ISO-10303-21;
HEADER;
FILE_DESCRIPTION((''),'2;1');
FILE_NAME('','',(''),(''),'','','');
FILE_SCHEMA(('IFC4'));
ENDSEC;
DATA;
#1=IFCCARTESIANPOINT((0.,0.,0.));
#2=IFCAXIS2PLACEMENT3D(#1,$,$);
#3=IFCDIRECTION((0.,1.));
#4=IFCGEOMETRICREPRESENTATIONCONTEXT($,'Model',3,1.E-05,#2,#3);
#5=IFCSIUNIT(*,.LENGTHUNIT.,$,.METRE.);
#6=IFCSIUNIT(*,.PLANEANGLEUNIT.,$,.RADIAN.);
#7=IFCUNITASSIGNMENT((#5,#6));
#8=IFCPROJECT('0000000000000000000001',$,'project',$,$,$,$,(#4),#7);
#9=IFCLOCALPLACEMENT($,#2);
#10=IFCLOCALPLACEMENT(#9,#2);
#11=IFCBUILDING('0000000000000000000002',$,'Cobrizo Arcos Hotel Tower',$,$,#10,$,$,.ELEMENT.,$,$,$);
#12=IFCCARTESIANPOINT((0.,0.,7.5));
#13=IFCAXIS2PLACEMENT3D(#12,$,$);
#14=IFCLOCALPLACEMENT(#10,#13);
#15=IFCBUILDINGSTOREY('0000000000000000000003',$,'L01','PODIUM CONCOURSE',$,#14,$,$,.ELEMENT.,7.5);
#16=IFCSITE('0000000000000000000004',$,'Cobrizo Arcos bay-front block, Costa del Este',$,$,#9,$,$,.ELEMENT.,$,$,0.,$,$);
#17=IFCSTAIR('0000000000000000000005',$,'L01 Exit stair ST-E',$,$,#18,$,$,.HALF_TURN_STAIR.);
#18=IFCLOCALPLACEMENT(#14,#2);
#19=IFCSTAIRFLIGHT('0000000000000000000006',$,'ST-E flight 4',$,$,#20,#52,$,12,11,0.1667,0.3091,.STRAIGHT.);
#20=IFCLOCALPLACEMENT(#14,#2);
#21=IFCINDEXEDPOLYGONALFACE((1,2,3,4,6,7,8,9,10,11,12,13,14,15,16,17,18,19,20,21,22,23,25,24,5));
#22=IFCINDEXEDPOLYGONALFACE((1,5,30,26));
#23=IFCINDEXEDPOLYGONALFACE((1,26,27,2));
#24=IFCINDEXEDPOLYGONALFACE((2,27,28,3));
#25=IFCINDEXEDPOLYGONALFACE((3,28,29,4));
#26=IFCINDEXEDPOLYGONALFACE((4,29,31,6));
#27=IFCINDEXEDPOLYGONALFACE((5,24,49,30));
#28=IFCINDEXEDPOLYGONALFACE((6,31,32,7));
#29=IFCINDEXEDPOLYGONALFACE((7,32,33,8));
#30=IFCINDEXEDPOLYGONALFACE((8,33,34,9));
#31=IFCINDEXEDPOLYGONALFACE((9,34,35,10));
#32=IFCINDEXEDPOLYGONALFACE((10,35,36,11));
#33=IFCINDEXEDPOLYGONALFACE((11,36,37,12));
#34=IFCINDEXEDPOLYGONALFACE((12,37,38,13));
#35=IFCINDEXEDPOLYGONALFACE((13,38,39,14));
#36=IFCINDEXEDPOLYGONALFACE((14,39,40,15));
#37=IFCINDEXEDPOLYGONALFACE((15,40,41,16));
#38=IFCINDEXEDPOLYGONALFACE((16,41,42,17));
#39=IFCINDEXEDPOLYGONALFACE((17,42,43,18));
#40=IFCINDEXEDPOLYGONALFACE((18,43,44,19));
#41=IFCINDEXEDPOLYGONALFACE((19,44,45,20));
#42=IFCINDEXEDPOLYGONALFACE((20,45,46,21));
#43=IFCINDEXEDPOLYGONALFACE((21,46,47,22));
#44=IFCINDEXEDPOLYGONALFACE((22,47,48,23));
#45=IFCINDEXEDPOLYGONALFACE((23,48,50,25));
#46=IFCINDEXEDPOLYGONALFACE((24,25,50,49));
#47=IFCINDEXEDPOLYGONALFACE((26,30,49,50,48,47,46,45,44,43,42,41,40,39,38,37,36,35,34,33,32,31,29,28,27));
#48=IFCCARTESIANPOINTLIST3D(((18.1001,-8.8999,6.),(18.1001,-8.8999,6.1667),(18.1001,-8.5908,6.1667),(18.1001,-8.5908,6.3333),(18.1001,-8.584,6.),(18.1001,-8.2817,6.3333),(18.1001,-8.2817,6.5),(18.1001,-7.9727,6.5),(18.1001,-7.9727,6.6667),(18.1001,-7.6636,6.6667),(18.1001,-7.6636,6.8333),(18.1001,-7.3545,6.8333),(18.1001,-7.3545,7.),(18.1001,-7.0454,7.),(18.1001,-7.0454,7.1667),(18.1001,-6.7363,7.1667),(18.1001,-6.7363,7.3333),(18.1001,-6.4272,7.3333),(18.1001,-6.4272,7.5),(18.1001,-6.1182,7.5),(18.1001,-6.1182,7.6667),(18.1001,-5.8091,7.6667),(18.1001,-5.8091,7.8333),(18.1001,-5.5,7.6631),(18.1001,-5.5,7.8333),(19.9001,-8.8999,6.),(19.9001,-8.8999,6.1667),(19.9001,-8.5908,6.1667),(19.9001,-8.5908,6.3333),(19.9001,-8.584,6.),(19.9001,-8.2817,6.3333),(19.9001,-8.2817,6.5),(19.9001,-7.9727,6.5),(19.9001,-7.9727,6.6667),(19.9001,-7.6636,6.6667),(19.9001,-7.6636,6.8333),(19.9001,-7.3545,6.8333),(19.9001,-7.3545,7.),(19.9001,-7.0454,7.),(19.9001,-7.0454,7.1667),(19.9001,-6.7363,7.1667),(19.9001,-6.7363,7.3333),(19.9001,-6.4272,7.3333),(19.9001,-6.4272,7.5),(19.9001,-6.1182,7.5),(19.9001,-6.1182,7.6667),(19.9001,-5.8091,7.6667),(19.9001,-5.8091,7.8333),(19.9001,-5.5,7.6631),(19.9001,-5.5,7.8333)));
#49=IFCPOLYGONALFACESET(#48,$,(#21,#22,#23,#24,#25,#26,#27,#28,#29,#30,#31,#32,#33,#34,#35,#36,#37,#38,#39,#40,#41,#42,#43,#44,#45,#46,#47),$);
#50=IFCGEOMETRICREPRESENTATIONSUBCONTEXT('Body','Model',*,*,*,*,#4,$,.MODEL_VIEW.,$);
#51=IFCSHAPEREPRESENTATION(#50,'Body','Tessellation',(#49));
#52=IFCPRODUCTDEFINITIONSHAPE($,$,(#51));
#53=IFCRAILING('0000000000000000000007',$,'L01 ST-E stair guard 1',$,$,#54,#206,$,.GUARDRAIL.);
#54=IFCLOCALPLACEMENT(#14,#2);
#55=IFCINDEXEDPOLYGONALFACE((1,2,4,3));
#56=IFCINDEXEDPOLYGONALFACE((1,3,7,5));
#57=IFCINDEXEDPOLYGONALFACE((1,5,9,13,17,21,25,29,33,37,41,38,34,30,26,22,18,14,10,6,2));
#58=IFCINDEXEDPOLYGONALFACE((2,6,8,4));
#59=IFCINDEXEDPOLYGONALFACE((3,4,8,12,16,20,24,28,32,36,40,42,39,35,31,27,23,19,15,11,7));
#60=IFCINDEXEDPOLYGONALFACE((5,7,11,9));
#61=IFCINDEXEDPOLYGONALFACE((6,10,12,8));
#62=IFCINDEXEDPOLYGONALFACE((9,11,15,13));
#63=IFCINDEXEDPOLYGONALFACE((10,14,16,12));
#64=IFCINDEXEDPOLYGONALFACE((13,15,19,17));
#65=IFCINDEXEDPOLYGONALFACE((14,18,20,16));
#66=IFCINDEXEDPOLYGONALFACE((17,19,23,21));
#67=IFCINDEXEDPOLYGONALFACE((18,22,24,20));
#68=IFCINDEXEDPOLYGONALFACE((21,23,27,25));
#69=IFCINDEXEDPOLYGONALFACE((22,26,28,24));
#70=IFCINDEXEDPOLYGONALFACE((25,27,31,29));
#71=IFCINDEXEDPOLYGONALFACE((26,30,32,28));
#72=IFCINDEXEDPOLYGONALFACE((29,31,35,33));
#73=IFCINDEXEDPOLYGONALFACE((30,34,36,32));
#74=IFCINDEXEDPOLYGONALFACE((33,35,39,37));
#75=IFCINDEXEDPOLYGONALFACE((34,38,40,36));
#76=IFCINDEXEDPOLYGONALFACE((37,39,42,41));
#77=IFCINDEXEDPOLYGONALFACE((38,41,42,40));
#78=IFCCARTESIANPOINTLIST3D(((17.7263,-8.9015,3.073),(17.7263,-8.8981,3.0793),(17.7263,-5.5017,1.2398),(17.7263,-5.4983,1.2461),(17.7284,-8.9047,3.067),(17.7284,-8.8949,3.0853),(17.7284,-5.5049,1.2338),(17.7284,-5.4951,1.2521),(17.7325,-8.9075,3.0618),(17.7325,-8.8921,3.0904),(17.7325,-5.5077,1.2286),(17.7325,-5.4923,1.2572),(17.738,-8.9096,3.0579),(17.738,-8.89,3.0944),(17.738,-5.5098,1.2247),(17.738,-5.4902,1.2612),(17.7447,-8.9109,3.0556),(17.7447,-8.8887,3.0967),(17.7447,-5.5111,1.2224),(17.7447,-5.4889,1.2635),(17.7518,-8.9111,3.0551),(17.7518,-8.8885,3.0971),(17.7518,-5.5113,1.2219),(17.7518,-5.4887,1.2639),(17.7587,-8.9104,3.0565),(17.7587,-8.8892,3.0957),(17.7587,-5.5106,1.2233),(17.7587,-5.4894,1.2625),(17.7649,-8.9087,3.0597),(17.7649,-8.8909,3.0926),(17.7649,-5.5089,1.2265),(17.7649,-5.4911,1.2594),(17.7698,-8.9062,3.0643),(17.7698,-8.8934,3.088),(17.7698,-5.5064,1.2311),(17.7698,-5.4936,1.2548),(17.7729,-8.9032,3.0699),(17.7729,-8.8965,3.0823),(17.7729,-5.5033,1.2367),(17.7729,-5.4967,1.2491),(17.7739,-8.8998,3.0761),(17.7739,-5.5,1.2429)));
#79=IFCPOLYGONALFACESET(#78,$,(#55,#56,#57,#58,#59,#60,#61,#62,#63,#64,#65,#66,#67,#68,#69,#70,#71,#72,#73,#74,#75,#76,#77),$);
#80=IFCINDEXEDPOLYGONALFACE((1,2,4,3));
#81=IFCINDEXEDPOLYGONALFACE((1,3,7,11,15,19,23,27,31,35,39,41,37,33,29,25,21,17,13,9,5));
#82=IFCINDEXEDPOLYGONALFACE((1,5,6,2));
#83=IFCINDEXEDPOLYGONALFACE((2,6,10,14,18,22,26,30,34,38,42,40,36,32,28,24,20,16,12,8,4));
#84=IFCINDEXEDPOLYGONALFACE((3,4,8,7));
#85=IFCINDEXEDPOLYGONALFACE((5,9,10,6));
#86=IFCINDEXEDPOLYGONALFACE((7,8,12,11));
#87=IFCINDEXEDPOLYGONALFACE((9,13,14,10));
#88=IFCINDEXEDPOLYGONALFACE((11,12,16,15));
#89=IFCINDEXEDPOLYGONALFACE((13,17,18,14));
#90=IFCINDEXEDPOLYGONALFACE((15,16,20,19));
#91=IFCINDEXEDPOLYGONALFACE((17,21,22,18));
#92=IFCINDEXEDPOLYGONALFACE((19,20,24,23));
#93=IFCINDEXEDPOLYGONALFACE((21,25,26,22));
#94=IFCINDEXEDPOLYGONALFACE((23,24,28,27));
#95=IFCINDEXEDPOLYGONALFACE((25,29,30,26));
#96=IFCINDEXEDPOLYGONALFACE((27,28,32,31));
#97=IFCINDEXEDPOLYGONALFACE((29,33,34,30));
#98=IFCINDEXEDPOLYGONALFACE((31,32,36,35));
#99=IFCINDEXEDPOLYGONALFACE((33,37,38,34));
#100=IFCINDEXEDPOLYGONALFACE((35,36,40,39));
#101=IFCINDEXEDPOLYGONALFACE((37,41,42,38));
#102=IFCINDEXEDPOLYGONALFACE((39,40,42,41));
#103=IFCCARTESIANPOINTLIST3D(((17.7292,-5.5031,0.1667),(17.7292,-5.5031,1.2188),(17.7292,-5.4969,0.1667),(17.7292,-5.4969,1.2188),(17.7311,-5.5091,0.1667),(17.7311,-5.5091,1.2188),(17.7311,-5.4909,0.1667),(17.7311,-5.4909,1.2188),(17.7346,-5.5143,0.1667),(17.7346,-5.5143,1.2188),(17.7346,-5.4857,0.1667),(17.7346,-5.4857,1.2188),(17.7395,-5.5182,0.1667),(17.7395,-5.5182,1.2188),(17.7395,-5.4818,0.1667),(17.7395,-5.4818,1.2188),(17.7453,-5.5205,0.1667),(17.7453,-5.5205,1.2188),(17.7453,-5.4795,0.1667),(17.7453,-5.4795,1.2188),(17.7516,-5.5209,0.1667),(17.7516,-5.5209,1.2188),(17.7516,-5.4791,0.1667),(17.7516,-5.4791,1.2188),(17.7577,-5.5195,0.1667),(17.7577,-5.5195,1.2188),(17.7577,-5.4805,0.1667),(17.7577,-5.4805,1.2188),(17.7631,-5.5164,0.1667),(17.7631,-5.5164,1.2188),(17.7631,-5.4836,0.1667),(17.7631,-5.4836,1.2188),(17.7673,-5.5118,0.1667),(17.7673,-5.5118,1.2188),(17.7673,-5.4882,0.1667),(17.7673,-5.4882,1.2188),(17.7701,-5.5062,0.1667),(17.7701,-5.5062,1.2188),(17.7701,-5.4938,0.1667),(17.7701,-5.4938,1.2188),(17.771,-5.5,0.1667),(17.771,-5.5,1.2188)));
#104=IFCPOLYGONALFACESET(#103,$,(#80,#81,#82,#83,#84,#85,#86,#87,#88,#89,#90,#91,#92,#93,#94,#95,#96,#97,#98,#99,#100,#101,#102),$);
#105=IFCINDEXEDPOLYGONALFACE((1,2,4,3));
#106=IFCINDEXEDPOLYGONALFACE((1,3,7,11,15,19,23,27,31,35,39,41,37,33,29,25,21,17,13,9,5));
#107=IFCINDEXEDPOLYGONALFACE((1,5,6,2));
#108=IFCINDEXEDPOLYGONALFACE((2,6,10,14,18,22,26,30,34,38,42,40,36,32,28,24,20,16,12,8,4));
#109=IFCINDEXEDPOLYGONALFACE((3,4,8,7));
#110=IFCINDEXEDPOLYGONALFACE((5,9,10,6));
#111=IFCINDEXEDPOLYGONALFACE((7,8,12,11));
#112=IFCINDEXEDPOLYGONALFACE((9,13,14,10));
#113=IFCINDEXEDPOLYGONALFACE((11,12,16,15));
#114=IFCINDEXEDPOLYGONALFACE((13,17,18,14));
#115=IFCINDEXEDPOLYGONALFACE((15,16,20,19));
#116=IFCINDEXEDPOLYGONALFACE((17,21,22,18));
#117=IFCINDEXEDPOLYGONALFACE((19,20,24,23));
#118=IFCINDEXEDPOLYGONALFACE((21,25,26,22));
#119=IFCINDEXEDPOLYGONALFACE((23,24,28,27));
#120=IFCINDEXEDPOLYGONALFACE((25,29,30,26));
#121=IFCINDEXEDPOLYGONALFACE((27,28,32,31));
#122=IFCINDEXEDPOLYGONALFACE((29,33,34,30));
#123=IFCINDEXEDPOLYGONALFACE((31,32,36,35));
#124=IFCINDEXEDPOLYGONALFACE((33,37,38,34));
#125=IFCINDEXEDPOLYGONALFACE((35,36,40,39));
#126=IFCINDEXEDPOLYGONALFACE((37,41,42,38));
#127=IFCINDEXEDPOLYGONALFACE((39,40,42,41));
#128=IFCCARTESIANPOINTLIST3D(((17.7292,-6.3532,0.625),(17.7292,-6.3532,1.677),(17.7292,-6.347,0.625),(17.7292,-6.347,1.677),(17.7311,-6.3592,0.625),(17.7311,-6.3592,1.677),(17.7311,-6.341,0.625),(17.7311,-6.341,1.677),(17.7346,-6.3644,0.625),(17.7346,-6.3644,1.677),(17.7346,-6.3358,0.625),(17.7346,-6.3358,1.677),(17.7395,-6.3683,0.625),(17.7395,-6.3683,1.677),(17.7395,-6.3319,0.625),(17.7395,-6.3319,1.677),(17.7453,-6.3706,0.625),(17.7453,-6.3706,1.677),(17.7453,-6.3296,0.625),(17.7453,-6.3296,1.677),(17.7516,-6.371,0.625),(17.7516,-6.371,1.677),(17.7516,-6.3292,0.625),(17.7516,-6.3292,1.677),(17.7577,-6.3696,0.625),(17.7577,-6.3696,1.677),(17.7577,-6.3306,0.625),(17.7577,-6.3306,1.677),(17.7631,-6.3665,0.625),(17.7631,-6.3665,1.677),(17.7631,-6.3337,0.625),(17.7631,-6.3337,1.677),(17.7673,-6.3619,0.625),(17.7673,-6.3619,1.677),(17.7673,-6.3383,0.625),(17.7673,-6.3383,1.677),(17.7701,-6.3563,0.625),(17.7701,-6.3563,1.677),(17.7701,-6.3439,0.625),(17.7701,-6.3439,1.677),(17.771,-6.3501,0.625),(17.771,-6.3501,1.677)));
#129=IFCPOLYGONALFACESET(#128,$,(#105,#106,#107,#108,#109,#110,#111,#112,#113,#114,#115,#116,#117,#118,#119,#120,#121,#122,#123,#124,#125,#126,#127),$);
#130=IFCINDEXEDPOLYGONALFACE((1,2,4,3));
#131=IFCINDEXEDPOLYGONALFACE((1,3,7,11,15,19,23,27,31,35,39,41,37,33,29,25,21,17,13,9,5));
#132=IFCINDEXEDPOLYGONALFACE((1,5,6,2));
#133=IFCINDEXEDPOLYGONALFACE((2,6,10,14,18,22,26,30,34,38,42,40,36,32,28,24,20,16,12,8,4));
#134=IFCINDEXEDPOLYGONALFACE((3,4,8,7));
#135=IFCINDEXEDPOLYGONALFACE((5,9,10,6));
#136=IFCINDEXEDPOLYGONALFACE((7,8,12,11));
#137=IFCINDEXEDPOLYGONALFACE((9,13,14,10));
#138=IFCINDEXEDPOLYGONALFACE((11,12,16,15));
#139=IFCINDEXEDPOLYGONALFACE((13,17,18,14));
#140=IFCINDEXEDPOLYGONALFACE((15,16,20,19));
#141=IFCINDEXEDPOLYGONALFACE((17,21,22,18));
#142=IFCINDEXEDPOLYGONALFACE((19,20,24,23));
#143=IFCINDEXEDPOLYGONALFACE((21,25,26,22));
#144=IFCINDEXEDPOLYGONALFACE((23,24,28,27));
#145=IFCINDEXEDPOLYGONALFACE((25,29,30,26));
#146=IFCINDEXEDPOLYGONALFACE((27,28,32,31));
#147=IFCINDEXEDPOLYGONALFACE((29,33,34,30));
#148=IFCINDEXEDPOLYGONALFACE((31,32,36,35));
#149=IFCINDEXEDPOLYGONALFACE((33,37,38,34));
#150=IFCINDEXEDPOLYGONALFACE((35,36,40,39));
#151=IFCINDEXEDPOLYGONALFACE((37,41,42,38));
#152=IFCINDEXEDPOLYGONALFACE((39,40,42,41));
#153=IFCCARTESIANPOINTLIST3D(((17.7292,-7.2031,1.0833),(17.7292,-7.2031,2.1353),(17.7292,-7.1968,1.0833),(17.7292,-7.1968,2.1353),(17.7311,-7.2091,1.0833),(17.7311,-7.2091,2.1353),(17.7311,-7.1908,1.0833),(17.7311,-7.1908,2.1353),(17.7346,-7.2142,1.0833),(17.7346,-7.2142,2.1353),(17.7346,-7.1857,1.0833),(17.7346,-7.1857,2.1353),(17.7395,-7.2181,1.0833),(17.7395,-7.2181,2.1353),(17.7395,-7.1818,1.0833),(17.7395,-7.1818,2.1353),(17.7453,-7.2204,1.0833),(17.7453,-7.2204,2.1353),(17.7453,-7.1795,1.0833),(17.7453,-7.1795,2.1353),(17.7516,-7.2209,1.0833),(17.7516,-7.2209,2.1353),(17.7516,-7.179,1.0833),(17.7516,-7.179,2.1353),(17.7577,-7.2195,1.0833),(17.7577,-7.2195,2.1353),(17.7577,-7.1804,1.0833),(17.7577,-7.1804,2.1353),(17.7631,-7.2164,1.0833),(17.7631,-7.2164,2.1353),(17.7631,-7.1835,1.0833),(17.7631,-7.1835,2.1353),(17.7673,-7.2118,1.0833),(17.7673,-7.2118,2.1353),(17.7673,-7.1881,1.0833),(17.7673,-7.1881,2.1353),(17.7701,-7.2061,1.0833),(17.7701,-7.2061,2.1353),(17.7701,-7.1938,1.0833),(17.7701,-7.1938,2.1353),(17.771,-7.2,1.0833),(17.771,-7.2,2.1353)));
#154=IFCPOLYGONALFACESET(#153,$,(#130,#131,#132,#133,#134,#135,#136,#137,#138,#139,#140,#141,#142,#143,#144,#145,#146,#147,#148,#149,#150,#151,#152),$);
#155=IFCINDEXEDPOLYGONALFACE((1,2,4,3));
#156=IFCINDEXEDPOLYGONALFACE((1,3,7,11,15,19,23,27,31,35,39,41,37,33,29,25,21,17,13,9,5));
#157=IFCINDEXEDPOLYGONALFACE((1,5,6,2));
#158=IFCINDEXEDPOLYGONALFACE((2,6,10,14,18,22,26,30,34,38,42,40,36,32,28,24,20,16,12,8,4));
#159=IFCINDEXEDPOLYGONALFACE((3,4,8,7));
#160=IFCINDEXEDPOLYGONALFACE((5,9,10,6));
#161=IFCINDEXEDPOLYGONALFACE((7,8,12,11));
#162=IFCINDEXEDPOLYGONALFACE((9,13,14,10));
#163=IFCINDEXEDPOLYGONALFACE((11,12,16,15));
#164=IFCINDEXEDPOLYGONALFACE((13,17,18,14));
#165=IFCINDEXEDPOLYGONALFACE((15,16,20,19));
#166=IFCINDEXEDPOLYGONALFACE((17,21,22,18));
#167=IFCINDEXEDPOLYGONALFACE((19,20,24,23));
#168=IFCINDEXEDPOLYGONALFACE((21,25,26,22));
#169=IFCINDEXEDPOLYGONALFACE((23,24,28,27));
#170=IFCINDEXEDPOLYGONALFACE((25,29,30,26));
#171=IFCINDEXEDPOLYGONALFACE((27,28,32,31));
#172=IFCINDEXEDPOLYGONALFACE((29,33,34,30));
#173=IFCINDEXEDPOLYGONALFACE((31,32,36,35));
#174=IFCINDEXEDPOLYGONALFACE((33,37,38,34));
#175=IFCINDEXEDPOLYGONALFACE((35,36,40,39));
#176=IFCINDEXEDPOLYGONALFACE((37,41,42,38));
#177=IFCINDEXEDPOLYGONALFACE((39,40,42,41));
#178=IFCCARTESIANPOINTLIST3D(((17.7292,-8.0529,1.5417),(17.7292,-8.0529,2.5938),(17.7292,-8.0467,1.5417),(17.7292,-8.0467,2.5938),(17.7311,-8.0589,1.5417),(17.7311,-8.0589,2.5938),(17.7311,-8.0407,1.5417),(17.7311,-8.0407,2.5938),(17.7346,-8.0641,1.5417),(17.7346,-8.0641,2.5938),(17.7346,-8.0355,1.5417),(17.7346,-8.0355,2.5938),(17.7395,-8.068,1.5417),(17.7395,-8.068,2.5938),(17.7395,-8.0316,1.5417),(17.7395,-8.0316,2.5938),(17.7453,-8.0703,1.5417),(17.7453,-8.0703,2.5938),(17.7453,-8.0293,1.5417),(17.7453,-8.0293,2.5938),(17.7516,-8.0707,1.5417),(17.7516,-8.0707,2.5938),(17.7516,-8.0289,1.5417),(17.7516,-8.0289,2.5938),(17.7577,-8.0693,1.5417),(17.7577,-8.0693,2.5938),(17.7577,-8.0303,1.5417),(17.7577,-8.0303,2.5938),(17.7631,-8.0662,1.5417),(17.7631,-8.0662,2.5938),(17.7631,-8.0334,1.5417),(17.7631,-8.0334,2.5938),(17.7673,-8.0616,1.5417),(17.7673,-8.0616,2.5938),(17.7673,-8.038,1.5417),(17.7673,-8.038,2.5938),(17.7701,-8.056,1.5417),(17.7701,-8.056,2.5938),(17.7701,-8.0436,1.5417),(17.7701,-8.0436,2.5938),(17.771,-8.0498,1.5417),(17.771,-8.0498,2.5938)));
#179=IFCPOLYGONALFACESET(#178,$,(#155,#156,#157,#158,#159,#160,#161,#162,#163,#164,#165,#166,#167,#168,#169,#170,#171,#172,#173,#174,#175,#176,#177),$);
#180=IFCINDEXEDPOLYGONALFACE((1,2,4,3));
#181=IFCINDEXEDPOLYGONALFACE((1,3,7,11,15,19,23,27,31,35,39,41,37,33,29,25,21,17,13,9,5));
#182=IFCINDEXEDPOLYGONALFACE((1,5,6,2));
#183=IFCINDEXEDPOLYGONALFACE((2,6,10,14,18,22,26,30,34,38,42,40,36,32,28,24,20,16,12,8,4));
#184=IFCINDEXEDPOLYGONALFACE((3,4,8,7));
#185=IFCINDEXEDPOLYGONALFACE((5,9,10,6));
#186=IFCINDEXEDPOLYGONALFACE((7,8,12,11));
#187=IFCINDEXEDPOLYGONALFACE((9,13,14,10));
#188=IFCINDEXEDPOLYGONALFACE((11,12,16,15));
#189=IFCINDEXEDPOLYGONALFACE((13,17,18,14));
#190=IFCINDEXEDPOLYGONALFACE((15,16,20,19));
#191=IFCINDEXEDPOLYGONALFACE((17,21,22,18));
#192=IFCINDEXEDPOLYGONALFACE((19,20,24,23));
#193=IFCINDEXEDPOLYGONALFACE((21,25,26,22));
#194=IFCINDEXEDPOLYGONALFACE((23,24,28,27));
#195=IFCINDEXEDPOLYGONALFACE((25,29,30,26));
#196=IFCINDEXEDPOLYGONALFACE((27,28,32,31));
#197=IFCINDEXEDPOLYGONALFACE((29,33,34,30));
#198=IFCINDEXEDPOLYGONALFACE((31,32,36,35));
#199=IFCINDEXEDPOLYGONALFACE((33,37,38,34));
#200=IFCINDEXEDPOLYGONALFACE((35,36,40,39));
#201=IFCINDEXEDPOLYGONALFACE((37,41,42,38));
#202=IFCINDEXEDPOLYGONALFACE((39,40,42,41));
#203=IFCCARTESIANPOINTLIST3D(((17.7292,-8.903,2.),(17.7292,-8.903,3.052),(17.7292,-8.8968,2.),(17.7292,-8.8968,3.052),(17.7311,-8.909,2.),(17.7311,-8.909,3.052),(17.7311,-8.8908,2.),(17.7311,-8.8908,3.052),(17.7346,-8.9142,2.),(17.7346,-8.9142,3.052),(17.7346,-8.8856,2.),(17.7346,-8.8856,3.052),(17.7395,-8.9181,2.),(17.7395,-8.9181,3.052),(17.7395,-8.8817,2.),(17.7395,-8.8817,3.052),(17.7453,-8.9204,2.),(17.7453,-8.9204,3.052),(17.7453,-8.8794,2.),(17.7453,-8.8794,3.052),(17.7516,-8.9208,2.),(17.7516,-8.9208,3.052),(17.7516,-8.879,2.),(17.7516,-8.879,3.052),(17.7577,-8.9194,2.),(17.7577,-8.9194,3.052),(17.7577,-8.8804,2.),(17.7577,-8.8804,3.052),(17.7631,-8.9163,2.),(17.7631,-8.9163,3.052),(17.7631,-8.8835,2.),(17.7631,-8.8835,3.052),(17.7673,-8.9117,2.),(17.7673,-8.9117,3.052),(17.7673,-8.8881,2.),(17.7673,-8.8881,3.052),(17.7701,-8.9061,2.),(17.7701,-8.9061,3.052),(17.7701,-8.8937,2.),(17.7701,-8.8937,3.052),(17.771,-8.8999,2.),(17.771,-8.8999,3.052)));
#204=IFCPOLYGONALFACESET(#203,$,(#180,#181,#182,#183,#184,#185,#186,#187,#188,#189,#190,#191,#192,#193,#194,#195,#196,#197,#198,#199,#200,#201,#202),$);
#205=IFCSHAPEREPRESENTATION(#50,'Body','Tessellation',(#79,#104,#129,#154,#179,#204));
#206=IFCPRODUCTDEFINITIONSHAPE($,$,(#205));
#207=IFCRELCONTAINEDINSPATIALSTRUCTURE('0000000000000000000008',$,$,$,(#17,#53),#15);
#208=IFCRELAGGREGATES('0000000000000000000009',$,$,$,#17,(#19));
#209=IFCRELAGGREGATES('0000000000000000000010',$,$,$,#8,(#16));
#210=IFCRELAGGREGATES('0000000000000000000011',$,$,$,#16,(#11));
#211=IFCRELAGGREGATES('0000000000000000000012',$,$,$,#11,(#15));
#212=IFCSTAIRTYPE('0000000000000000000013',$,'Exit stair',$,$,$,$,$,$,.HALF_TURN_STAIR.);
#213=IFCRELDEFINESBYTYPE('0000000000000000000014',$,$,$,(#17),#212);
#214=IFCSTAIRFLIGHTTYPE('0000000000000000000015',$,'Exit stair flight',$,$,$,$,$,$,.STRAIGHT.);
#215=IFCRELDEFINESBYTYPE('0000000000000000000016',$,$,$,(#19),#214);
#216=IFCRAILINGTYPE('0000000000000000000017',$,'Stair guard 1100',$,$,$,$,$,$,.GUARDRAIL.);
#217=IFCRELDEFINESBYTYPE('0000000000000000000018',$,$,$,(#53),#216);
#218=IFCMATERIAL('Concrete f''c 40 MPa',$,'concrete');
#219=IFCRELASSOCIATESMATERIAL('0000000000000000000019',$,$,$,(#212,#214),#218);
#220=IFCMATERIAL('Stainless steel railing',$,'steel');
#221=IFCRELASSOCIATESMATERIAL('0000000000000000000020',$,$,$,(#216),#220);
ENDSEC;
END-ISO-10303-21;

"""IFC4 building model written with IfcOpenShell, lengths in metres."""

from ifc_helpers import new_model, si_unit, direction, frame, origin, origin_2d, place, context, subcontext, project, spatial, polyline, circle, outline, extrude, material, type_object, element, aggregate, save


model = new_model("IFC4")

# Units and contexts
model_context = context("Model", 3, precision=1e-05, world=origin(), true_north=direction((0.0, 1.0)))
body_context = subcontext(model_context, "Body", "Model", "MODEL_VIEW")
ifc_project = project(units=[si_unit("LENGTHUNIT", "METRE"), si_unit("PLANEANGLEUNIT", "RADIAN")], contexts=[model_context])

# Site, building, storey
site_placement = place(None, origin())
site = spatial("IfcSite", under=ifc_project, at=site_placement, Name="Cobrizo Arcos bay-front block, Costa del Este", CompositionType="ELEMENT", RefElevation=0.0)
building_placement = place(site_placement, origin())
building = spatial("IfcBuilding", under=site, at=building_placement, Name="Cobrizo Arcos Hotel Tower", CompositionType="ELEMENT")
storey_placement = place(building_placement, frame((0.0, 0.0, 7.5)))
storey = spatial("IfcBuildingStorey", under=building, at=storey_placement, Name="L01", Description="PODIUM CONCOURSE", CompositionType="ELEMENT", Elevation=7.5)

# Stair, stair flight
ifc_material_1 = material(Name="Concrete f'c 40 MPa", Category="concrete")
stair_type = type_object("IfcStairType", Name="Exit stair", PredefinedType="HALF_TURN_STAIR", material=ifc_material_1)
stair_placement = place(storey_placement, origin())
stair = element("IfcStair", 1, at=stair_placement, inside=storey, type_object=stair_type, Name="L01 Exit stair ST-E", PredefinedType="HALF_TURN_STAIR")
stair_flight_type = type_object("IfcStairFlightType", Name="Exit stair flight", PredefinedType="STRAIGHT", material=ifc_material_1)
stair_flight_1_placement = place(storey_placement, frame((19.0, -8.8999, 6.0), z_axis=(0.0, 0.0, 1.0), x_axis=(0.0, 1.0, 0.0)))
stair_flight_1 = element("IfcStairFlight", 2, at=stair_flight_1_placement, type_object=stair_flight_type, Name="ST-E flight 4", NumberOfRisers=12, NumberOfTreads=11, PredefinedType="STRAIGHT", RiserHeight=0.1667, TreadLength=0.3091, context=body_context, shape_type="SweptSolid", body=[
    extrude(outline(polyline([(0.0, 0.0), (0.0, 0.1667), (0.3091, 0.1667), (0.3091, 0.3333), (0.6182, 0.3333), (0.6182, 0.5), (0.9272, 0.5), (0.9272, 0.6667), (1.2363, 0.6667), (1.2363, 0.8333), (1.5454, 0.8333), (1.5454, 1.0), (1.8545, 1.0), (1.8545, 1.1667), (2.1636, 1.1667), (2.1636, 1.3333), (2.4727, 1.3333), (2.4727, 1.5), (2.7817, 1.5), (2.7817, 1.6667), (3.0908, 1.6667), (3.0908, 1.8333), (3.3999, 1.8333), (3.3999, 2.0), (3.3999, 1.6631), (0.3159, 0.0), (0.0, 0.0)])), frame((0.0, 0.8999, 0.0), z_axis=(0.0, -1.0, 0.0), x_axis=(1.0, 0.0, 0.0)), (0.0, 0.0, 1.0), 1.8),
])
aggregate(stair, [stair_flight_1])

# Railing
ifc_material_2 = material(Name="Stainless steel railing", Category="steel")
railing_type_1 = type_object("IfcRailingType", Name="Stair guard 1100", PredefinedType="GUARDRAIL", material=ifc_material_2)
railing_1_placement = place(storey_placement, frame((17.75, -5.5, 0.1667)))
element("IfcRailing", 3, at=railing_1_placement, inside=storey, type_object=railing_type_1, Name="L01 ST-E stair guard 1", PredefinedType="GUARDRAIL", context=body_context, shape_type="SweptSolid", body=[
    extrude(circle(Radius=0.0239, at=origin_2d()), frame((0.0, 0.0, 1.0762), z_axis=(0.0, -0.880197, 0.474609), x_axis=(1.0, 0.0, 0.0)), (0.0, 0.0, 1.0), 3.8625),
    extrude(circle(Radius=0.021, at=origin_2d()), origin(), (0.0, 0.0, 1.0), 1.052),
    extrude(circle(Radius=0.021, at=origin_2d()), frame((0.0, -0.8501, 0.4583)), (0.0, 0.0, 1.0), 1.052),
    extrude(circle(Radius=0.021, at=origin_2d()), frame((0.0, -1.7, 0.9165)), (0.0, 0.0, 1.0), 1.052),
    extrude(circle(Radius=0.021, at=origin_2d()), frame((0.0, -2.5498, 1.375)), (0.0, 0.0, 1.0), 1.052),
    extrude(circle(Radius=0.021, at=origin_2d()), frame((0.0, -3.3999, 1.8333)), (0.0, 0.0, 1.0), 1.052),
])

save(model, "model.ifc")
